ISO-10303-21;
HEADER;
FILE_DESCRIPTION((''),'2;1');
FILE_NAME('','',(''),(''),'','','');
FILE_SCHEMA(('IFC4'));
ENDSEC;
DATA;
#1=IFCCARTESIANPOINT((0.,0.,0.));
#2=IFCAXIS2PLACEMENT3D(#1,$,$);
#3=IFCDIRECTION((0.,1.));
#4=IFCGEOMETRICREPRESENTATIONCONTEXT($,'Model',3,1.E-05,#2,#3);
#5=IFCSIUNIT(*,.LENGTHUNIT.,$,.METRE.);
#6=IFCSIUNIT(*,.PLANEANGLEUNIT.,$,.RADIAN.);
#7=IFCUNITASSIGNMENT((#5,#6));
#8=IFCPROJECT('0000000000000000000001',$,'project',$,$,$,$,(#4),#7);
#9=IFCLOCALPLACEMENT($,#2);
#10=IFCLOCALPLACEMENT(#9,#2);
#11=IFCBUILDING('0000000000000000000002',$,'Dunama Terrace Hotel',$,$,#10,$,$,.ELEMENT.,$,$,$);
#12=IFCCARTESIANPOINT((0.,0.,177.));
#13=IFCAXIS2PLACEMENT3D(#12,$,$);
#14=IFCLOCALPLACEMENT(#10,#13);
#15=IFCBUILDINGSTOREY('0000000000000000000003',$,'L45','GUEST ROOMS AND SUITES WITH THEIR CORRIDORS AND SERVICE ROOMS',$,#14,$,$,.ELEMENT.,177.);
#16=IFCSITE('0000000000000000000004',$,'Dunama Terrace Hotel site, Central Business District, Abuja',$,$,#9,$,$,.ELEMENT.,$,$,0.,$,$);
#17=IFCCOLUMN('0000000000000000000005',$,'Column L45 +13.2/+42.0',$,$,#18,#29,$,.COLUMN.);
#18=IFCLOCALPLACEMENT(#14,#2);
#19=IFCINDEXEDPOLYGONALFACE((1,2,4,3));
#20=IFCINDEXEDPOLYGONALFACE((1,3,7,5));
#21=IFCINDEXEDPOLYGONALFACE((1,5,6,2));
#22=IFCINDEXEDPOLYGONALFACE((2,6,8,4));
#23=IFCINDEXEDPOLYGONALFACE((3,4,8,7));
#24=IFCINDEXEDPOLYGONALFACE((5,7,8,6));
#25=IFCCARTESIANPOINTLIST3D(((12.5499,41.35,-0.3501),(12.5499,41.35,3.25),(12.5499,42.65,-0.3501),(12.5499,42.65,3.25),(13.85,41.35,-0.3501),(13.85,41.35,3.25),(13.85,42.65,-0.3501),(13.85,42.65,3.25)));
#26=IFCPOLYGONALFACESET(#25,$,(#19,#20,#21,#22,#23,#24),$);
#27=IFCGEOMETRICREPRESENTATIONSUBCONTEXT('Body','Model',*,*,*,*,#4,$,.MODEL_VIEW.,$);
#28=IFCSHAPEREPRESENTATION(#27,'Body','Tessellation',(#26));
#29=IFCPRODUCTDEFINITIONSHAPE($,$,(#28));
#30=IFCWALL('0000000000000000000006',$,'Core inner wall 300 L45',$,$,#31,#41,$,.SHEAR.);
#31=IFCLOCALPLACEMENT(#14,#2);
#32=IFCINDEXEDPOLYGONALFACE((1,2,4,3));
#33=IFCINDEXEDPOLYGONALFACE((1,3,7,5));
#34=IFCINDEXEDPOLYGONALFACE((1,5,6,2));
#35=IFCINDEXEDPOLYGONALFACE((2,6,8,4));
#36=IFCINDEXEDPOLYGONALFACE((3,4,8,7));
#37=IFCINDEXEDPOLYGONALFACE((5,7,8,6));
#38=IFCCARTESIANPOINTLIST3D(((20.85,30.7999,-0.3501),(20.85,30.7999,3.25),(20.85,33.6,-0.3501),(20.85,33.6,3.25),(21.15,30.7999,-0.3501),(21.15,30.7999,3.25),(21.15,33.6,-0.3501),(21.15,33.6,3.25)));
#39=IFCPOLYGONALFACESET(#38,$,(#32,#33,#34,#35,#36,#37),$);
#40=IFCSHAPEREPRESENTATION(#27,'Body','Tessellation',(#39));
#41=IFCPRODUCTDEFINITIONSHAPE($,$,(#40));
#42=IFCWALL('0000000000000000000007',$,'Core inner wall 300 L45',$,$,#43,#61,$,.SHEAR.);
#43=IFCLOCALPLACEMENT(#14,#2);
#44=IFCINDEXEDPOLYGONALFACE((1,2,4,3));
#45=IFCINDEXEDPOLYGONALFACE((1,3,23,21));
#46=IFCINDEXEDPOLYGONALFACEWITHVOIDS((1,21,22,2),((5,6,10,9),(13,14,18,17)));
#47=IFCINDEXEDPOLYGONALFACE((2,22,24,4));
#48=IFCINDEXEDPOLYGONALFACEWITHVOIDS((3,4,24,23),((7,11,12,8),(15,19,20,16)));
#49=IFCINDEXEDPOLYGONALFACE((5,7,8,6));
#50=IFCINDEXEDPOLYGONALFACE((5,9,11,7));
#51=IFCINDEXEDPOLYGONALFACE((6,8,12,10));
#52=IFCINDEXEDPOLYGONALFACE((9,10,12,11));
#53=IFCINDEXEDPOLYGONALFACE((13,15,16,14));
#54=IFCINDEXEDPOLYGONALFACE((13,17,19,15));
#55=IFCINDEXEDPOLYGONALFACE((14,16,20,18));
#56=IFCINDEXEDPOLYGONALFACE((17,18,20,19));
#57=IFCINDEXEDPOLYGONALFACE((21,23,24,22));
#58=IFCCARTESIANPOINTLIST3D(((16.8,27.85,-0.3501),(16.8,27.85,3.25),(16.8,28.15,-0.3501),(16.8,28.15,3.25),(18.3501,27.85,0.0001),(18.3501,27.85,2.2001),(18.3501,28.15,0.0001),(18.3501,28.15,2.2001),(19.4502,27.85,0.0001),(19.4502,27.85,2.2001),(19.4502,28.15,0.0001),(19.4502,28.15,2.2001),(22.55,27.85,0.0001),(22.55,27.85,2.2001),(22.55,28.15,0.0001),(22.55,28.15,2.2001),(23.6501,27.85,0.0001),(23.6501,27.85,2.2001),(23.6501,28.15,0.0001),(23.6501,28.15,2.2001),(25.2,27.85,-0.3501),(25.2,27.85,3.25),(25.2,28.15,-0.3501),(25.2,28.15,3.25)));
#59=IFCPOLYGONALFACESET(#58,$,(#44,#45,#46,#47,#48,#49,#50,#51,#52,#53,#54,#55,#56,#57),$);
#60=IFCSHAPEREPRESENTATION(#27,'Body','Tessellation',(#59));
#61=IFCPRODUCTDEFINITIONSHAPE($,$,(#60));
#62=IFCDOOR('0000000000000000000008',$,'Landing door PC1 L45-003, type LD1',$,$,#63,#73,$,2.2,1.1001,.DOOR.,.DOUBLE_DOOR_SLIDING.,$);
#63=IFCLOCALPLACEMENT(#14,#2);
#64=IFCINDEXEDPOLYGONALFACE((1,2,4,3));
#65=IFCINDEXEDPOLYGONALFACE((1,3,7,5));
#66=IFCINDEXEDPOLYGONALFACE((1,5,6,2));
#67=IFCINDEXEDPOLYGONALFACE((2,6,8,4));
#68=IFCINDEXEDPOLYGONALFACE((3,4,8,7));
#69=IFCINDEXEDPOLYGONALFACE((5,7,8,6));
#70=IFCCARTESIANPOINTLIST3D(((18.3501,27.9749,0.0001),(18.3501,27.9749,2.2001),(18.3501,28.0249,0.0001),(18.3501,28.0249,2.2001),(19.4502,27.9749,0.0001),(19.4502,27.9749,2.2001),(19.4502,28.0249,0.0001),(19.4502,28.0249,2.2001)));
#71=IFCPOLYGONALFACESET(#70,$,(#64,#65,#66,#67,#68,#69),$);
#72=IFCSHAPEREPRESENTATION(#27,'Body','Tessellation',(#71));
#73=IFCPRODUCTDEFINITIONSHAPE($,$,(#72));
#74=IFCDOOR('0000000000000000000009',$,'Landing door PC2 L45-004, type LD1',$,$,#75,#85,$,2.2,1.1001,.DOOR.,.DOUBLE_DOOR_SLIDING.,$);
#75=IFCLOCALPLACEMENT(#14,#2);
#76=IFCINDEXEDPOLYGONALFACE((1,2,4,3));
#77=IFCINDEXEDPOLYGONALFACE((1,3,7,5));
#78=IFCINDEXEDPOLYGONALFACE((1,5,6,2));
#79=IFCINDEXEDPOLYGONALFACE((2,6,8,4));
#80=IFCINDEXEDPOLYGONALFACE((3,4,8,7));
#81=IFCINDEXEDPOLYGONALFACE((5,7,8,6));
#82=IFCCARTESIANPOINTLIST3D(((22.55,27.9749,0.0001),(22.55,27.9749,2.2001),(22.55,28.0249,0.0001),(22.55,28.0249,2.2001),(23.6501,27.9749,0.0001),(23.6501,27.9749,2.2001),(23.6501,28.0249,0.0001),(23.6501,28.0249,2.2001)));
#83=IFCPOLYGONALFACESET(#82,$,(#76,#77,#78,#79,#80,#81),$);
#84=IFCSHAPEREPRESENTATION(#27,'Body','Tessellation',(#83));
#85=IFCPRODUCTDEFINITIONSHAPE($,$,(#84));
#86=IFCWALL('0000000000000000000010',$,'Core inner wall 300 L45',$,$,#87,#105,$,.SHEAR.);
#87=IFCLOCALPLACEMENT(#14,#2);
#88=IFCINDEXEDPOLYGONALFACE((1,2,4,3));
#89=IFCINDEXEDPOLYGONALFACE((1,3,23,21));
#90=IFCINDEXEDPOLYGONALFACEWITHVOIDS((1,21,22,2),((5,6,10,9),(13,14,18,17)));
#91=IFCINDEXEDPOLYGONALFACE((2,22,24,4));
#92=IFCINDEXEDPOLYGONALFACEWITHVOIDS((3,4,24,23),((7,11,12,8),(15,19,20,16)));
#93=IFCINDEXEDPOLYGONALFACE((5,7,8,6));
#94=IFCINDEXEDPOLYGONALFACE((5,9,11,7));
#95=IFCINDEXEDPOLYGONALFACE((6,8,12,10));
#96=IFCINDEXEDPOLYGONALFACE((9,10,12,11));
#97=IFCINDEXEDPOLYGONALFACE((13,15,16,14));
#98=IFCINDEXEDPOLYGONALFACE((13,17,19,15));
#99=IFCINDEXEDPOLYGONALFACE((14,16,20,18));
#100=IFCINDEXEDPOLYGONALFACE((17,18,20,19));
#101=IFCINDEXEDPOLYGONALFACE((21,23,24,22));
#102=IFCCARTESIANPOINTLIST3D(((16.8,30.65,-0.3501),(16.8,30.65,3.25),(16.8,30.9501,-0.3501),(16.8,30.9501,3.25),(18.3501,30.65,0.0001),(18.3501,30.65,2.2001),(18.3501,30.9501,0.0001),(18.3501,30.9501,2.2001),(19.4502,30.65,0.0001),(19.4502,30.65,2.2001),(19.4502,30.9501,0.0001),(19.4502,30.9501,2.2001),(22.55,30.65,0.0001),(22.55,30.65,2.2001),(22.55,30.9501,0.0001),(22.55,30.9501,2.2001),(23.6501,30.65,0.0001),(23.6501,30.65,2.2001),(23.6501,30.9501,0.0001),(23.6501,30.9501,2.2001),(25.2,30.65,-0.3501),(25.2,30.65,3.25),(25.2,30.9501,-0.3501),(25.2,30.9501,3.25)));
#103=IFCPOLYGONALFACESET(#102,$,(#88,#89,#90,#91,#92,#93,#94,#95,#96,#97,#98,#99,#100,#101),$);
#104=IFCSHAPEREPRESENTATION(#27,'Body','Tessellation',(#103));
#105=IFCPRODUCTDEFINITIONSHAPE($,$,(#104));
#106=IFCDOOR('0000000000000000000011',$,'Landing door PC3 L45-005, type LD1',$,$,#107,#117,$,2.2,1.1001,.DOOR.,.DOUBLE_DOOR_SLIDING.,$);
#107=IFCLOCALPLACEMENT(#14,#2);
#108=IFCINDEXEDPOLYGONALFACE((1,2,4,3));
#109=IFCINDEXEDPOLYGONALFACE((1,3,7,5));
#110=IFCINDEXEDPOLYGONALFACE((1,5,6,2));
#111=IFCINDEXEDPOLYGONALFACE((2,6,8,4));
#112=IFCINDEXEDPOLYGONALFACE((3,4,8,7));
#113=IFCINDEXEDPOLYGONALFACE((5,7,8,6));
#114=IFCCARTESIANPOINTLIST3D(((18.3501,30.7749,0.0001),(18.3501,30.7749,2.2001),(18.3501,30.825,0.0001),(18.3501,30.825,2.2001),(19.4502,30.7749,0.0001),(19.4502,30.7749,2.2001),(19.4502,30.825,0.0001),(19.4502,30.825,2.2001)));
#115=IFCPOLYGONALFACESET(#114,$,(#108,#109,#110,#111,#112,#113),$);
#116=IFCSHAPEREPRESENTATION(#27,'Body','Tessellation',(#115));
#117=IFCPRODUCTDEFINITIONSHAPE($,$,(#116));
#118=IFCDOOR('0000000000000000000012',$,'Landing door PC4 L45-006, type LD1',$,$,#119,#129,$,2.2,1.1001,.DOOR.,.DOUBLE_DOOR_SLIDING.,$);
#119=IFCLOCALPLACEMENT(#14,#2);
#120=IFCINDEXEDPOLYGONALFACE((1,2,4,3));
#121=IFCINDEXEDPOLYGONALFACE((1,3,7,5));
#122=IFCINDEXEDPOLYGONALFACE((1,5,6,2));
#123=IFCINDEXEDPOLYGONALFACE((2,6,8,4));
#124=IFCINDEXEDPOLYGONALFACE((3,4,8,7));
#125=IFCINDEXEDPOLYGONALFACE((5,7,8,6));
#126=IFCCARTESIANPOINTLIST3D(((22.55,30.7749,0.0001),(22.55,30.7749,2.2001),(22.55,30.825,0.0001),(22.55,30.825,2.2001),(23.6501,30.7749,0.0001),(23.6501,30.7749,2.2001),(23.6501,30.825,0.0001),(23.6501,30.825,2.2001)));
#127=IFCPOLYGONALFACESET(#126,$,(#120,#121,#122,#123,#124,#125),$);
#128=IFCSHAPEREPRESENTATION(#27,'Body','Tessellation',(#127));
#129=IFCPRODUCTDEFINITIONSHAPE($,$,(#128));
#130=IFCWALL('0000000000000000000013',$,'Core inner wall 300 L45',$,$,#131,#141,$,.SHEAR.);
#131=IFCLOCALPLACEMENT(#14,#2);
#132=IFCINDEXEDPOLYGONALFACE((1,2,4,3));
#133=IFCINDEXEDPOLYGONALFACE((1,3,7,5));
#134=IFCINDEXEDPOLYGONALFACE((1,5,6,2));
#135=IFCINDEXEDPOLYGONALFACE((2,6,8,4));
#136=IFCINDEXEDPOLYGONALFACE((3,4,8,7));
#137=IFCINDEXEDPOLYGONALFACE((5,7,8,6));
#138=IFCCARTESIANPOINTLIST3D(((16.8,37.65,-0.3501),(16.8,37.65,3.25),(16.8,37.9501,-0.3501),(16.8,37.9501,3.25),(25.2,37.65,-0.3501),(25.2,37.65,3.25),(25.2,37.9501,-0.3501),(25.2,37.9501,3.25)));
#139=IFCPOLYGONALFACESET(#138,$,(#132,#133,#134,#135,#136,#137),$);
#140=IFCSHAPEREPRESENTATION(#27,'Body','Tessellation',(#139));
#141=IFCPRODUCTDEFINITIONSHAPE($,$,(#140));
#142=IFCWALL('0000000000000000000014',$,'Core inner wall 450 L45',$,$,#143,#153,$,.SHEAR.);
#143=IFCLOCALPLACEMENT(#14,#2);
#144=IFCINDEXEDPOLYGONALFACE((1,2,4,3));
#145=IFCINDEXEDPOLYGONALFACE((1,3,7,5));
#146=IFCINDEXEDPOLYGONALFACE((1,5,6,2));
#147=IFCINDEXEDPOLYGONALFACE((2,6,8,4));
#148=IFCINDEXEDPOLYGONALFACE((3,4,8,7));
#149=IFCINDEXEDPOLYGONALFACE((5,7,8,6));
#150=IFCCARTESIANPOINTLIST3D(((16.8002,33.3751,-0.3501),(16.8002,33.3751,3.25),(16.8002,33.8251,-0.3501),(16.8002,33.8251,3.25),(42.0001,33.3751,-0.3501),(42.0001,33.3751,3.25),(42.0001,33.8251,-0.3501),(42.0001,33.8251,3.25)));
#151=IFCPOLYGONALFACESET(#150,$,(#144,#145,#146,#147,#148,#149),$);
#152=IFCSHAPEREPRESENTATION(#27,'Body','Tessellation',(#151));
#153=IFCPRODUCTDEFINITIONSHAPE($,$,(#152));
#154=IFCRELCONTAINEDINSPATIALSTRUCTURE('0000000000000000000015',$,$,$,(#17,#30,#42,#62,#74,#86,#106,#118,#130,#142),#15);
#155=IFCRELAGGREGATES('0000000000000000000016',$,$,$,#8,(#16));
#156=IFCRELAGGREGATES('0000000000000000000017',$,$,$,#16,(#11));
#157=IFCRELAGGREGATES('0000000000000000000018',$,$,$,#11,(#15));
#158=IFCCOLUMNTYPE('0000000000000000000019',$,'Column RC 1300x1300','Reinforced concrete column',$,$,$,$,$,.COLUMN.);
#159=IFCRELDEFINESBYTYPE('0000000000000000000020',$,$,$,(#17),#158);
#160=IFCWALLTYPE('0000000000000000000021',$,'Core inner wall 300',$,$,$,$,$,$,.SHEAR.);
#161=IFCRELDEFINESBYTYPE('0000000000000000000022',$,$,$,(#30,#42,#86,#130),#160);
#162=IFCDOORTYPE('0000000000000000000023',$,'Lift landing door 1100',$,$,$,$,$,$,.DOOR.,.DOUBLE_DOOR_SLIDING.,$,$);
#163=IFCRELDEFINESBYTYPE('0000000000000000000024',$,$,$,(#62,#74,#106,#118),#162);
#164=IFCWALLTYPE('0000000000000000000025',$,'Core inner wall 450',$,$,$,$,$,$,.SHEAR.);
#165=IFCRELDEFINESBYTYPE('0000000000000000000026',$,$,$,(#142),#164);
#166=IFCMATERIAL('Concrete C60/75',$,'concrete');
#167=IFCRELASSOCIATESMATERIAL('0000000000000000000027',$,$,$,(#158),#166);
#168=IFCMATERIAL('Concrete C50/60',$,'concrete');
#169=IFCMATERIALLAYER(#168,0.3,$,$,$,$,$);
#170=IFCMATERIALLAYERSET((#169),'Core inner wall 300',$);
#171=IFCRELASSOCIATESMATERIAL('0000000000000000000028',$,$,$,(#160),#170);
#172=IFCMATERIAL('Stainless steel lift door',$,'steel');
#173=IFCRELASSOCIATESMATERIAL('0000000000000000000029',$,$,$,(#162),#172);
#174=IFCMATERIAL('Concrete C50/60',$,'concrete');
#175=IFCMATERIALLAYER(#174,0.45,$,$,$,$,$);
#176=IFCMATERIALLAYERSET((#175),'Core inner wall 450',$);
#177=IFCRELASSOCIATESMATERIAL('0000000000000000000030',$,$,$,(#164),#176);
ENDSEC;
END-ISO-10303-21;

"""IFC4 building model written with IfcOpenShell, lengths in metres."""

from ifc_helpers import new_model, si_unit, direction, frame, frame_2d, origin, origin_2d, place, context, subcontext, project, spatial, rectangle, extrude, material, layer, layer_set, material_profile, profile_set, type_object, element, fill, save


model = new_model("IFC4")

# Units and contexts
model_context = context("Model", 3, precision=1e-05, world=origin(), true_north=direction((0.0, 1.0)))
body_context = subcontext(model_context, "Body", "Model", "MODEL_VIEW")
ifc_project = project(units=[si_unit("LENGTHUNIT", "METRE"), si_unit("PLANEANGLEUNIT", "RADIAN")], contexts=[model_context])

# Site, building, storey
site_placement = place(None, origin())
site = spatial("IfcSite", under=ifc_project, at=site_placement, Name="Dunama Terrace Hotel site, Central Business District, Abuja", CompositionType="ELEMENT", RefElevation=0.0)
building_placement = place(site_placement, origin())
building = spatial("IfcBuilding", under=site, at=building_placement, Name="Dunama Terrace Hotel", CompositionType="ELEMENT")
storey_placement = place(building_placement, frame((0.0, 0.0, 177.0)))
storey = spatial("IfcBuildingStorey", under=building, at=storey_placement, Name="L45", Description="GUEST ROOMS AND SUITES WITH THEIR CORRIDORS AND SERVICE ROOMS", CompositionType="ELEMENT", Elevation=177.0)

# Column
ifc_material_1 = material(Name="Concrete C60/75", Category="concrete")
ifc_material_profile = material_profile(ifc_material_1, rectangle(XDim=1.3, YDim=1.3, at=origin_2d()), Name="RC 1300x1300")
ifc_profile_set = profile_set([ifc_material_profile], Name="Concrete C60/75")
column_type = type_object("IfcColumnType", Name="Column RC 1300x1300", Description="Reinforced concrete column", PredefinedType="COLUMN", material=ifc_profile_set)
column_placement = place(storey_placement, frame((13.2, 42.0, -0.3501), z_axis=(0.0, 0.0, 1.0), x_axis=(1.0, 0.0, 0.0)))
element("IfcColumn", 1, at=column_placement, inside=storey, type_object=column_type, Name="Column L45 +13.2/+42.0", PredefinedType="COLUMN", context=body_context, shape_type="SweptSolid", body=[
    extrude(rectangle(XDim=1.3, YDim=1.3, at=origin_2d()), origin(), (0.0, 0.0, 1.0), 3.6001),
])

# Wall
ifc_material_2 = material(Name="Concrete C50/60", Category="concrete")
ifc_layer_1 = layer(ifc_material_2, 0.3)
ifc_layer_set_1 = layer_set([ifc_layer_1], Name="Core inner wall 300")
wall_type_1 = type_object("IfcWallType", Name="Core inner wall 300", PredefinedType="SHEAR", material=ifc_layer_set_1)
wall_1_placement = place(storey_placement, frame((21.0, 30.8, -0.3501), z_axis=(0.0, 0.0, 1.0), x_axis=(0.0, 1.0, 0.0)))
element("IfcWall", 2, at=wall_1_placement, inside=storey, type_object=wall_type_1, Name="Core inner wall 300 L45", PredefinedType="SHEAR", context=body_context, shape_type="SweptSolid", body=[
    extrude(rectangle(XDim=2.8, YDim=0.3, at=frame_2d((1.3999, 0.0))), origin(), (0.0, 0.0, 1.0), 3.6001),
])

# Walls, openings, doors
wall_2_placement = place(storey_placement, frame((16.8, 28.0, -0.3501), z_axis=(0.0, 0.0, 1.0), x_axis=(1.0, 0.0, 0.0)))
wall_2 = element("IfcWall", 3, at=wall_2_placement, inside=storey, type_object=wall_type_1, Name="Core inner wall 300 L45", PredefinedType="SHEAR", context=body_context, shape_type="SweptSolid", body=[
    extrude(rectangle(XDim=8.3999, YDim=0.3, at=frame_2d((4.2, 0.0))), origin(), (0.0, 0.0, 1.0), 3.6001),
])
opening_1_placement = place(wall_2_placement, frame((1.55, 0.0, 0.3501)))
opening_1 = element("IfcOpeningElement", 4, at=opening_1_placement, cuts=wall_2, PredefinedType="OPENING", context=body_context, shape_type="SweptSolid", body=[
    extrude(rectangle(XDim=1.1001, YDim=2.2, at=frame_2d((0.55, 1.1001))), frame((0.0, 0.1599, 0.0), z_axis=(0.0, -1.0, 0.0), x_axis=(1.0, 0.0, 0.0)), (0.0, 0.0, 1.0), 0.3201),
])
opening_2_placement = place(wall_2_placement, frame((5.75, 0.0, 0.3501)))
opening_2 = element("IfcOpeningElement", 5, at=opening_2_placement, cuts=wall_2, PredefinedType="OPENING", context=body_context, shape_type="SweptSolid", body=[
    extrude(rectangle(XDim=1.1001, YDim=2.2, at=frame_2d((0.55, 1.1001))), frame((0.0, 0.1599, 0.0), z_axis=(0.0, -1.0, 0.0), x_axis=(1.0, 0.0, 0.0)), (0.0, 0.0, 1.0), 0.3201),
])
ifc_material_3 = material(Name="Stainless steel lift door", Category="steel")
door_type_1 = type_object("IfcDoorType", Name="Lift landing door 1100", OperationType="DOUBLE_DOOR_SLIDING", PredefinedType="DOOR", material=ifc_material_3)
door_1_placement = place(opening_1_placement, origin())
door_1 = element("IfcDoor", 6, at=door_1_placement, inside=storey, type_object=door_type_1, Name="Landing door PC1 L45-003, type LD1", OperationType="DOUBLE_DOOR_SLIDING", OverallHeight=2.2, OverallWidth=1.1001, PredefinedType="DOOR", context=body_context, shape_type="SweptSolid", body=[
    extrude(rectangle(XDim=1.1001, YDim=2.2, at=frame_2d((0.55, 1.1001))), frame((0.0, 0.0249, 0.0), z_axis=(0.0, -1.0, 0.0), x_axis=(1.0, 0.0, 0.0)), (0.0, 0.0, 1.0), 0.05),
])
fill(opening_1, door_1)
door_2_placement = place(opening_2_placement, origin())
door_2 = element("IfcDoor", 7, at=door_2_placement, inside=storey, type_object=door_type_1, Name="Landing door PC2 L45-004, type LD1", OperationType="DOUBLE_DOOR_SLIDING", OverallHeight=2.2, OverallWidth=1.1001, PredefinedType="DOOR", context=body_context, shape_type="SweptSolid", body=[
    extrude(rectangle(XDim=1.1001, YDim=2.2, at=frame_2d((0.55, 1.1001))), frame((0.0, 0.0249, 0.0), z_axis=(0.0, -1.0, 0.0), x_axis=(1.0, 0.0, 0.0)), (0.0, 0.0, 1.0), 0.05),
])
fill(opening_2, door_2)
wall_3_placement = place(storey_placement, frame((16.8, 30.8, -0.3501), z_axis=(0.0, 0.0, 1.0), x_axis=(1.0, 0.0, 0.0)))
wall_3 = element("IfcWall", 8, at=wall_3_placement, inside=storey, type_object=wall_type_1, Name="Core inner wall 300 L45", PredefinedType="SHEAR", context=body_context, shape_type="SweptSolid", body=[
    extrude(rectangle(XDim=8.3999, YDim=0.3, at=frame_2d((4.2, 0.0))), origin(), (0.0, 0.0, 1.0), 3.6001),
])
opening_3_placement = place(wall_3_placement, frame((1.55, 0.0, 0.3501)))
opening_3 = element("IfcOpeningElement", 9, at=opening_3_placement, cuts=wall_3, PredefinedType="OPENING", context=body_context, shape_type="SweptSolid", body=[
    extrude(rectangle(XDim=1.1001, YDim=2.2, at=frame_2d((0.55, 1.1001))), frame((0.0, 0.1599, 0.0), z_axis=(0.0, -1.0, 0.0), x_axis=(1.0, 0.0, 0.0)), (0.0, 0.0, 1.0), 0.3201),
])
opening_4_placement = place(wall_3_placement, frame((5.75, 0.0, 0.3501)))
opening_4 = element("IfcOpeningElement", 10, at=opening_4_placement, cuts=wall_3, PredefinedType="OPENING", context=body_context, shape_type="SweptSolid", body=[
    extrude(rectangle(XDim=1.1001, YDim=2.2, at=frame_2d((0.55, 1.1001))), frame((0.0, 0.1599, 0.0), z_axis=(0.0, -1.0, 0.0), x_axis=(1.0, 0.0, 0.0)), (0.0, 0.0, 1.0), 0.3201),
])
door_3_placement = place(opening_3_placement, origin())
door_3 = element("IfcDoor", 11, at=door_3_placement, inside=storey, type_object=door_type_1, Name="Landing door PC3 L45-005, type LD1", OperationType="DOUBLE_DOOR_SLIDING", OverallHeight=2.2, OverallWidth=1.1001, PredefinedType="DOOR", context=body_context, shape_type="SweptSolid", body=[
    extrude(rectangle(XDim=1.1001, YDim=2.2, at=frame_2d((0.55, 1.1001))), frame((0.0, 0.0249, 0.0), z_axis=(0.0, -1.0, 0.0), x_axis=(1.0, 0.0, 0.0)), (0.0, 0.0, 1.0), 0.05),
])
fill(opening_3, door_3)
door_4_placement = place(opening_4_placement, origin())
door_4 = element("IfcDoor", 12, at=door_4_placement, inside=storey, type_object=door_type_1, Name="Landing door PC4 L45-006, type LD1", OperationType="DOUBLE_DOOR_SLIDING", OverallHeight=2.2, OverallWidth=1.1001, PredefinedType="DOOR", context=body_context, shape_type="SweptSolid", body=[
    extrude(rectangle(XDim=1.1001, YDim=2.2, at=frame_2d((0.55, 1.1001))), frame((0.0, 0.0249, 0.0), z_axis=(0.0, -1.0, 0.0), x_axis=(1.0, 0.0, 0.0)), (0.0, 0.0, 1.0), 0.05),
])
fill(opening_4, door_4)

# Walls
wall_4_placement = place(storey_placement, frame((16.8, 37.8, -0.3501), z_axis=(0.0, 0.0, 1.0), x_axis=(1.0, 0.0, 0.0)))
element("IfcWall", 13, at=wall_4_placement, inside=storey, type_object=wall_type_1, Name="Core inner wall 300 L45", PredefinedType="SHEAR", context=body_context, shape_type="SweptSolid", body=[
    extrude(rectangle(XDim=8.3999, YDim=0.3, at=frame_2d((4.2, 0.0))), origin(), (0.0, 0.0, 1.0), 3.6001),
])
ifc_material_4 = material(Name="Concrete C50/60", Category="concrete")
ifc_layer_2 = layer(ifc_material_4, 0.45)
ifc_layer_set_2 = layer_set([ifc_layer_2], Name="Core inner wall 450")
wall_type_2 = type_object("IfcWallType", Name="Core inner wall 450", PredefinedType="SHEAR", material=ifc_layer_set_2)
wall_5_placement = place(storey_placement, frame((16.8, 33.6001, -0.3501), z_axis=(0.0, 0.0, 1.0), x_axis=(1.0, 0.0, 0.0)))
element("IfcWall", 14, at=wall_5_placement, inside=storey, type_object=wall_type_2, Name="Core inner wall 450 L45", PredefinedType="SHEAR", context=body_context, shape_type="SweptSolid", body=[
    extrude(rectangle(XDim=25.2, YDim=0.45, at=frame_2d((12.6001, 0.0))), origin(), (0.0, 0.0, 1.0), 3.6001),
])

save(model, "model.ifc")
